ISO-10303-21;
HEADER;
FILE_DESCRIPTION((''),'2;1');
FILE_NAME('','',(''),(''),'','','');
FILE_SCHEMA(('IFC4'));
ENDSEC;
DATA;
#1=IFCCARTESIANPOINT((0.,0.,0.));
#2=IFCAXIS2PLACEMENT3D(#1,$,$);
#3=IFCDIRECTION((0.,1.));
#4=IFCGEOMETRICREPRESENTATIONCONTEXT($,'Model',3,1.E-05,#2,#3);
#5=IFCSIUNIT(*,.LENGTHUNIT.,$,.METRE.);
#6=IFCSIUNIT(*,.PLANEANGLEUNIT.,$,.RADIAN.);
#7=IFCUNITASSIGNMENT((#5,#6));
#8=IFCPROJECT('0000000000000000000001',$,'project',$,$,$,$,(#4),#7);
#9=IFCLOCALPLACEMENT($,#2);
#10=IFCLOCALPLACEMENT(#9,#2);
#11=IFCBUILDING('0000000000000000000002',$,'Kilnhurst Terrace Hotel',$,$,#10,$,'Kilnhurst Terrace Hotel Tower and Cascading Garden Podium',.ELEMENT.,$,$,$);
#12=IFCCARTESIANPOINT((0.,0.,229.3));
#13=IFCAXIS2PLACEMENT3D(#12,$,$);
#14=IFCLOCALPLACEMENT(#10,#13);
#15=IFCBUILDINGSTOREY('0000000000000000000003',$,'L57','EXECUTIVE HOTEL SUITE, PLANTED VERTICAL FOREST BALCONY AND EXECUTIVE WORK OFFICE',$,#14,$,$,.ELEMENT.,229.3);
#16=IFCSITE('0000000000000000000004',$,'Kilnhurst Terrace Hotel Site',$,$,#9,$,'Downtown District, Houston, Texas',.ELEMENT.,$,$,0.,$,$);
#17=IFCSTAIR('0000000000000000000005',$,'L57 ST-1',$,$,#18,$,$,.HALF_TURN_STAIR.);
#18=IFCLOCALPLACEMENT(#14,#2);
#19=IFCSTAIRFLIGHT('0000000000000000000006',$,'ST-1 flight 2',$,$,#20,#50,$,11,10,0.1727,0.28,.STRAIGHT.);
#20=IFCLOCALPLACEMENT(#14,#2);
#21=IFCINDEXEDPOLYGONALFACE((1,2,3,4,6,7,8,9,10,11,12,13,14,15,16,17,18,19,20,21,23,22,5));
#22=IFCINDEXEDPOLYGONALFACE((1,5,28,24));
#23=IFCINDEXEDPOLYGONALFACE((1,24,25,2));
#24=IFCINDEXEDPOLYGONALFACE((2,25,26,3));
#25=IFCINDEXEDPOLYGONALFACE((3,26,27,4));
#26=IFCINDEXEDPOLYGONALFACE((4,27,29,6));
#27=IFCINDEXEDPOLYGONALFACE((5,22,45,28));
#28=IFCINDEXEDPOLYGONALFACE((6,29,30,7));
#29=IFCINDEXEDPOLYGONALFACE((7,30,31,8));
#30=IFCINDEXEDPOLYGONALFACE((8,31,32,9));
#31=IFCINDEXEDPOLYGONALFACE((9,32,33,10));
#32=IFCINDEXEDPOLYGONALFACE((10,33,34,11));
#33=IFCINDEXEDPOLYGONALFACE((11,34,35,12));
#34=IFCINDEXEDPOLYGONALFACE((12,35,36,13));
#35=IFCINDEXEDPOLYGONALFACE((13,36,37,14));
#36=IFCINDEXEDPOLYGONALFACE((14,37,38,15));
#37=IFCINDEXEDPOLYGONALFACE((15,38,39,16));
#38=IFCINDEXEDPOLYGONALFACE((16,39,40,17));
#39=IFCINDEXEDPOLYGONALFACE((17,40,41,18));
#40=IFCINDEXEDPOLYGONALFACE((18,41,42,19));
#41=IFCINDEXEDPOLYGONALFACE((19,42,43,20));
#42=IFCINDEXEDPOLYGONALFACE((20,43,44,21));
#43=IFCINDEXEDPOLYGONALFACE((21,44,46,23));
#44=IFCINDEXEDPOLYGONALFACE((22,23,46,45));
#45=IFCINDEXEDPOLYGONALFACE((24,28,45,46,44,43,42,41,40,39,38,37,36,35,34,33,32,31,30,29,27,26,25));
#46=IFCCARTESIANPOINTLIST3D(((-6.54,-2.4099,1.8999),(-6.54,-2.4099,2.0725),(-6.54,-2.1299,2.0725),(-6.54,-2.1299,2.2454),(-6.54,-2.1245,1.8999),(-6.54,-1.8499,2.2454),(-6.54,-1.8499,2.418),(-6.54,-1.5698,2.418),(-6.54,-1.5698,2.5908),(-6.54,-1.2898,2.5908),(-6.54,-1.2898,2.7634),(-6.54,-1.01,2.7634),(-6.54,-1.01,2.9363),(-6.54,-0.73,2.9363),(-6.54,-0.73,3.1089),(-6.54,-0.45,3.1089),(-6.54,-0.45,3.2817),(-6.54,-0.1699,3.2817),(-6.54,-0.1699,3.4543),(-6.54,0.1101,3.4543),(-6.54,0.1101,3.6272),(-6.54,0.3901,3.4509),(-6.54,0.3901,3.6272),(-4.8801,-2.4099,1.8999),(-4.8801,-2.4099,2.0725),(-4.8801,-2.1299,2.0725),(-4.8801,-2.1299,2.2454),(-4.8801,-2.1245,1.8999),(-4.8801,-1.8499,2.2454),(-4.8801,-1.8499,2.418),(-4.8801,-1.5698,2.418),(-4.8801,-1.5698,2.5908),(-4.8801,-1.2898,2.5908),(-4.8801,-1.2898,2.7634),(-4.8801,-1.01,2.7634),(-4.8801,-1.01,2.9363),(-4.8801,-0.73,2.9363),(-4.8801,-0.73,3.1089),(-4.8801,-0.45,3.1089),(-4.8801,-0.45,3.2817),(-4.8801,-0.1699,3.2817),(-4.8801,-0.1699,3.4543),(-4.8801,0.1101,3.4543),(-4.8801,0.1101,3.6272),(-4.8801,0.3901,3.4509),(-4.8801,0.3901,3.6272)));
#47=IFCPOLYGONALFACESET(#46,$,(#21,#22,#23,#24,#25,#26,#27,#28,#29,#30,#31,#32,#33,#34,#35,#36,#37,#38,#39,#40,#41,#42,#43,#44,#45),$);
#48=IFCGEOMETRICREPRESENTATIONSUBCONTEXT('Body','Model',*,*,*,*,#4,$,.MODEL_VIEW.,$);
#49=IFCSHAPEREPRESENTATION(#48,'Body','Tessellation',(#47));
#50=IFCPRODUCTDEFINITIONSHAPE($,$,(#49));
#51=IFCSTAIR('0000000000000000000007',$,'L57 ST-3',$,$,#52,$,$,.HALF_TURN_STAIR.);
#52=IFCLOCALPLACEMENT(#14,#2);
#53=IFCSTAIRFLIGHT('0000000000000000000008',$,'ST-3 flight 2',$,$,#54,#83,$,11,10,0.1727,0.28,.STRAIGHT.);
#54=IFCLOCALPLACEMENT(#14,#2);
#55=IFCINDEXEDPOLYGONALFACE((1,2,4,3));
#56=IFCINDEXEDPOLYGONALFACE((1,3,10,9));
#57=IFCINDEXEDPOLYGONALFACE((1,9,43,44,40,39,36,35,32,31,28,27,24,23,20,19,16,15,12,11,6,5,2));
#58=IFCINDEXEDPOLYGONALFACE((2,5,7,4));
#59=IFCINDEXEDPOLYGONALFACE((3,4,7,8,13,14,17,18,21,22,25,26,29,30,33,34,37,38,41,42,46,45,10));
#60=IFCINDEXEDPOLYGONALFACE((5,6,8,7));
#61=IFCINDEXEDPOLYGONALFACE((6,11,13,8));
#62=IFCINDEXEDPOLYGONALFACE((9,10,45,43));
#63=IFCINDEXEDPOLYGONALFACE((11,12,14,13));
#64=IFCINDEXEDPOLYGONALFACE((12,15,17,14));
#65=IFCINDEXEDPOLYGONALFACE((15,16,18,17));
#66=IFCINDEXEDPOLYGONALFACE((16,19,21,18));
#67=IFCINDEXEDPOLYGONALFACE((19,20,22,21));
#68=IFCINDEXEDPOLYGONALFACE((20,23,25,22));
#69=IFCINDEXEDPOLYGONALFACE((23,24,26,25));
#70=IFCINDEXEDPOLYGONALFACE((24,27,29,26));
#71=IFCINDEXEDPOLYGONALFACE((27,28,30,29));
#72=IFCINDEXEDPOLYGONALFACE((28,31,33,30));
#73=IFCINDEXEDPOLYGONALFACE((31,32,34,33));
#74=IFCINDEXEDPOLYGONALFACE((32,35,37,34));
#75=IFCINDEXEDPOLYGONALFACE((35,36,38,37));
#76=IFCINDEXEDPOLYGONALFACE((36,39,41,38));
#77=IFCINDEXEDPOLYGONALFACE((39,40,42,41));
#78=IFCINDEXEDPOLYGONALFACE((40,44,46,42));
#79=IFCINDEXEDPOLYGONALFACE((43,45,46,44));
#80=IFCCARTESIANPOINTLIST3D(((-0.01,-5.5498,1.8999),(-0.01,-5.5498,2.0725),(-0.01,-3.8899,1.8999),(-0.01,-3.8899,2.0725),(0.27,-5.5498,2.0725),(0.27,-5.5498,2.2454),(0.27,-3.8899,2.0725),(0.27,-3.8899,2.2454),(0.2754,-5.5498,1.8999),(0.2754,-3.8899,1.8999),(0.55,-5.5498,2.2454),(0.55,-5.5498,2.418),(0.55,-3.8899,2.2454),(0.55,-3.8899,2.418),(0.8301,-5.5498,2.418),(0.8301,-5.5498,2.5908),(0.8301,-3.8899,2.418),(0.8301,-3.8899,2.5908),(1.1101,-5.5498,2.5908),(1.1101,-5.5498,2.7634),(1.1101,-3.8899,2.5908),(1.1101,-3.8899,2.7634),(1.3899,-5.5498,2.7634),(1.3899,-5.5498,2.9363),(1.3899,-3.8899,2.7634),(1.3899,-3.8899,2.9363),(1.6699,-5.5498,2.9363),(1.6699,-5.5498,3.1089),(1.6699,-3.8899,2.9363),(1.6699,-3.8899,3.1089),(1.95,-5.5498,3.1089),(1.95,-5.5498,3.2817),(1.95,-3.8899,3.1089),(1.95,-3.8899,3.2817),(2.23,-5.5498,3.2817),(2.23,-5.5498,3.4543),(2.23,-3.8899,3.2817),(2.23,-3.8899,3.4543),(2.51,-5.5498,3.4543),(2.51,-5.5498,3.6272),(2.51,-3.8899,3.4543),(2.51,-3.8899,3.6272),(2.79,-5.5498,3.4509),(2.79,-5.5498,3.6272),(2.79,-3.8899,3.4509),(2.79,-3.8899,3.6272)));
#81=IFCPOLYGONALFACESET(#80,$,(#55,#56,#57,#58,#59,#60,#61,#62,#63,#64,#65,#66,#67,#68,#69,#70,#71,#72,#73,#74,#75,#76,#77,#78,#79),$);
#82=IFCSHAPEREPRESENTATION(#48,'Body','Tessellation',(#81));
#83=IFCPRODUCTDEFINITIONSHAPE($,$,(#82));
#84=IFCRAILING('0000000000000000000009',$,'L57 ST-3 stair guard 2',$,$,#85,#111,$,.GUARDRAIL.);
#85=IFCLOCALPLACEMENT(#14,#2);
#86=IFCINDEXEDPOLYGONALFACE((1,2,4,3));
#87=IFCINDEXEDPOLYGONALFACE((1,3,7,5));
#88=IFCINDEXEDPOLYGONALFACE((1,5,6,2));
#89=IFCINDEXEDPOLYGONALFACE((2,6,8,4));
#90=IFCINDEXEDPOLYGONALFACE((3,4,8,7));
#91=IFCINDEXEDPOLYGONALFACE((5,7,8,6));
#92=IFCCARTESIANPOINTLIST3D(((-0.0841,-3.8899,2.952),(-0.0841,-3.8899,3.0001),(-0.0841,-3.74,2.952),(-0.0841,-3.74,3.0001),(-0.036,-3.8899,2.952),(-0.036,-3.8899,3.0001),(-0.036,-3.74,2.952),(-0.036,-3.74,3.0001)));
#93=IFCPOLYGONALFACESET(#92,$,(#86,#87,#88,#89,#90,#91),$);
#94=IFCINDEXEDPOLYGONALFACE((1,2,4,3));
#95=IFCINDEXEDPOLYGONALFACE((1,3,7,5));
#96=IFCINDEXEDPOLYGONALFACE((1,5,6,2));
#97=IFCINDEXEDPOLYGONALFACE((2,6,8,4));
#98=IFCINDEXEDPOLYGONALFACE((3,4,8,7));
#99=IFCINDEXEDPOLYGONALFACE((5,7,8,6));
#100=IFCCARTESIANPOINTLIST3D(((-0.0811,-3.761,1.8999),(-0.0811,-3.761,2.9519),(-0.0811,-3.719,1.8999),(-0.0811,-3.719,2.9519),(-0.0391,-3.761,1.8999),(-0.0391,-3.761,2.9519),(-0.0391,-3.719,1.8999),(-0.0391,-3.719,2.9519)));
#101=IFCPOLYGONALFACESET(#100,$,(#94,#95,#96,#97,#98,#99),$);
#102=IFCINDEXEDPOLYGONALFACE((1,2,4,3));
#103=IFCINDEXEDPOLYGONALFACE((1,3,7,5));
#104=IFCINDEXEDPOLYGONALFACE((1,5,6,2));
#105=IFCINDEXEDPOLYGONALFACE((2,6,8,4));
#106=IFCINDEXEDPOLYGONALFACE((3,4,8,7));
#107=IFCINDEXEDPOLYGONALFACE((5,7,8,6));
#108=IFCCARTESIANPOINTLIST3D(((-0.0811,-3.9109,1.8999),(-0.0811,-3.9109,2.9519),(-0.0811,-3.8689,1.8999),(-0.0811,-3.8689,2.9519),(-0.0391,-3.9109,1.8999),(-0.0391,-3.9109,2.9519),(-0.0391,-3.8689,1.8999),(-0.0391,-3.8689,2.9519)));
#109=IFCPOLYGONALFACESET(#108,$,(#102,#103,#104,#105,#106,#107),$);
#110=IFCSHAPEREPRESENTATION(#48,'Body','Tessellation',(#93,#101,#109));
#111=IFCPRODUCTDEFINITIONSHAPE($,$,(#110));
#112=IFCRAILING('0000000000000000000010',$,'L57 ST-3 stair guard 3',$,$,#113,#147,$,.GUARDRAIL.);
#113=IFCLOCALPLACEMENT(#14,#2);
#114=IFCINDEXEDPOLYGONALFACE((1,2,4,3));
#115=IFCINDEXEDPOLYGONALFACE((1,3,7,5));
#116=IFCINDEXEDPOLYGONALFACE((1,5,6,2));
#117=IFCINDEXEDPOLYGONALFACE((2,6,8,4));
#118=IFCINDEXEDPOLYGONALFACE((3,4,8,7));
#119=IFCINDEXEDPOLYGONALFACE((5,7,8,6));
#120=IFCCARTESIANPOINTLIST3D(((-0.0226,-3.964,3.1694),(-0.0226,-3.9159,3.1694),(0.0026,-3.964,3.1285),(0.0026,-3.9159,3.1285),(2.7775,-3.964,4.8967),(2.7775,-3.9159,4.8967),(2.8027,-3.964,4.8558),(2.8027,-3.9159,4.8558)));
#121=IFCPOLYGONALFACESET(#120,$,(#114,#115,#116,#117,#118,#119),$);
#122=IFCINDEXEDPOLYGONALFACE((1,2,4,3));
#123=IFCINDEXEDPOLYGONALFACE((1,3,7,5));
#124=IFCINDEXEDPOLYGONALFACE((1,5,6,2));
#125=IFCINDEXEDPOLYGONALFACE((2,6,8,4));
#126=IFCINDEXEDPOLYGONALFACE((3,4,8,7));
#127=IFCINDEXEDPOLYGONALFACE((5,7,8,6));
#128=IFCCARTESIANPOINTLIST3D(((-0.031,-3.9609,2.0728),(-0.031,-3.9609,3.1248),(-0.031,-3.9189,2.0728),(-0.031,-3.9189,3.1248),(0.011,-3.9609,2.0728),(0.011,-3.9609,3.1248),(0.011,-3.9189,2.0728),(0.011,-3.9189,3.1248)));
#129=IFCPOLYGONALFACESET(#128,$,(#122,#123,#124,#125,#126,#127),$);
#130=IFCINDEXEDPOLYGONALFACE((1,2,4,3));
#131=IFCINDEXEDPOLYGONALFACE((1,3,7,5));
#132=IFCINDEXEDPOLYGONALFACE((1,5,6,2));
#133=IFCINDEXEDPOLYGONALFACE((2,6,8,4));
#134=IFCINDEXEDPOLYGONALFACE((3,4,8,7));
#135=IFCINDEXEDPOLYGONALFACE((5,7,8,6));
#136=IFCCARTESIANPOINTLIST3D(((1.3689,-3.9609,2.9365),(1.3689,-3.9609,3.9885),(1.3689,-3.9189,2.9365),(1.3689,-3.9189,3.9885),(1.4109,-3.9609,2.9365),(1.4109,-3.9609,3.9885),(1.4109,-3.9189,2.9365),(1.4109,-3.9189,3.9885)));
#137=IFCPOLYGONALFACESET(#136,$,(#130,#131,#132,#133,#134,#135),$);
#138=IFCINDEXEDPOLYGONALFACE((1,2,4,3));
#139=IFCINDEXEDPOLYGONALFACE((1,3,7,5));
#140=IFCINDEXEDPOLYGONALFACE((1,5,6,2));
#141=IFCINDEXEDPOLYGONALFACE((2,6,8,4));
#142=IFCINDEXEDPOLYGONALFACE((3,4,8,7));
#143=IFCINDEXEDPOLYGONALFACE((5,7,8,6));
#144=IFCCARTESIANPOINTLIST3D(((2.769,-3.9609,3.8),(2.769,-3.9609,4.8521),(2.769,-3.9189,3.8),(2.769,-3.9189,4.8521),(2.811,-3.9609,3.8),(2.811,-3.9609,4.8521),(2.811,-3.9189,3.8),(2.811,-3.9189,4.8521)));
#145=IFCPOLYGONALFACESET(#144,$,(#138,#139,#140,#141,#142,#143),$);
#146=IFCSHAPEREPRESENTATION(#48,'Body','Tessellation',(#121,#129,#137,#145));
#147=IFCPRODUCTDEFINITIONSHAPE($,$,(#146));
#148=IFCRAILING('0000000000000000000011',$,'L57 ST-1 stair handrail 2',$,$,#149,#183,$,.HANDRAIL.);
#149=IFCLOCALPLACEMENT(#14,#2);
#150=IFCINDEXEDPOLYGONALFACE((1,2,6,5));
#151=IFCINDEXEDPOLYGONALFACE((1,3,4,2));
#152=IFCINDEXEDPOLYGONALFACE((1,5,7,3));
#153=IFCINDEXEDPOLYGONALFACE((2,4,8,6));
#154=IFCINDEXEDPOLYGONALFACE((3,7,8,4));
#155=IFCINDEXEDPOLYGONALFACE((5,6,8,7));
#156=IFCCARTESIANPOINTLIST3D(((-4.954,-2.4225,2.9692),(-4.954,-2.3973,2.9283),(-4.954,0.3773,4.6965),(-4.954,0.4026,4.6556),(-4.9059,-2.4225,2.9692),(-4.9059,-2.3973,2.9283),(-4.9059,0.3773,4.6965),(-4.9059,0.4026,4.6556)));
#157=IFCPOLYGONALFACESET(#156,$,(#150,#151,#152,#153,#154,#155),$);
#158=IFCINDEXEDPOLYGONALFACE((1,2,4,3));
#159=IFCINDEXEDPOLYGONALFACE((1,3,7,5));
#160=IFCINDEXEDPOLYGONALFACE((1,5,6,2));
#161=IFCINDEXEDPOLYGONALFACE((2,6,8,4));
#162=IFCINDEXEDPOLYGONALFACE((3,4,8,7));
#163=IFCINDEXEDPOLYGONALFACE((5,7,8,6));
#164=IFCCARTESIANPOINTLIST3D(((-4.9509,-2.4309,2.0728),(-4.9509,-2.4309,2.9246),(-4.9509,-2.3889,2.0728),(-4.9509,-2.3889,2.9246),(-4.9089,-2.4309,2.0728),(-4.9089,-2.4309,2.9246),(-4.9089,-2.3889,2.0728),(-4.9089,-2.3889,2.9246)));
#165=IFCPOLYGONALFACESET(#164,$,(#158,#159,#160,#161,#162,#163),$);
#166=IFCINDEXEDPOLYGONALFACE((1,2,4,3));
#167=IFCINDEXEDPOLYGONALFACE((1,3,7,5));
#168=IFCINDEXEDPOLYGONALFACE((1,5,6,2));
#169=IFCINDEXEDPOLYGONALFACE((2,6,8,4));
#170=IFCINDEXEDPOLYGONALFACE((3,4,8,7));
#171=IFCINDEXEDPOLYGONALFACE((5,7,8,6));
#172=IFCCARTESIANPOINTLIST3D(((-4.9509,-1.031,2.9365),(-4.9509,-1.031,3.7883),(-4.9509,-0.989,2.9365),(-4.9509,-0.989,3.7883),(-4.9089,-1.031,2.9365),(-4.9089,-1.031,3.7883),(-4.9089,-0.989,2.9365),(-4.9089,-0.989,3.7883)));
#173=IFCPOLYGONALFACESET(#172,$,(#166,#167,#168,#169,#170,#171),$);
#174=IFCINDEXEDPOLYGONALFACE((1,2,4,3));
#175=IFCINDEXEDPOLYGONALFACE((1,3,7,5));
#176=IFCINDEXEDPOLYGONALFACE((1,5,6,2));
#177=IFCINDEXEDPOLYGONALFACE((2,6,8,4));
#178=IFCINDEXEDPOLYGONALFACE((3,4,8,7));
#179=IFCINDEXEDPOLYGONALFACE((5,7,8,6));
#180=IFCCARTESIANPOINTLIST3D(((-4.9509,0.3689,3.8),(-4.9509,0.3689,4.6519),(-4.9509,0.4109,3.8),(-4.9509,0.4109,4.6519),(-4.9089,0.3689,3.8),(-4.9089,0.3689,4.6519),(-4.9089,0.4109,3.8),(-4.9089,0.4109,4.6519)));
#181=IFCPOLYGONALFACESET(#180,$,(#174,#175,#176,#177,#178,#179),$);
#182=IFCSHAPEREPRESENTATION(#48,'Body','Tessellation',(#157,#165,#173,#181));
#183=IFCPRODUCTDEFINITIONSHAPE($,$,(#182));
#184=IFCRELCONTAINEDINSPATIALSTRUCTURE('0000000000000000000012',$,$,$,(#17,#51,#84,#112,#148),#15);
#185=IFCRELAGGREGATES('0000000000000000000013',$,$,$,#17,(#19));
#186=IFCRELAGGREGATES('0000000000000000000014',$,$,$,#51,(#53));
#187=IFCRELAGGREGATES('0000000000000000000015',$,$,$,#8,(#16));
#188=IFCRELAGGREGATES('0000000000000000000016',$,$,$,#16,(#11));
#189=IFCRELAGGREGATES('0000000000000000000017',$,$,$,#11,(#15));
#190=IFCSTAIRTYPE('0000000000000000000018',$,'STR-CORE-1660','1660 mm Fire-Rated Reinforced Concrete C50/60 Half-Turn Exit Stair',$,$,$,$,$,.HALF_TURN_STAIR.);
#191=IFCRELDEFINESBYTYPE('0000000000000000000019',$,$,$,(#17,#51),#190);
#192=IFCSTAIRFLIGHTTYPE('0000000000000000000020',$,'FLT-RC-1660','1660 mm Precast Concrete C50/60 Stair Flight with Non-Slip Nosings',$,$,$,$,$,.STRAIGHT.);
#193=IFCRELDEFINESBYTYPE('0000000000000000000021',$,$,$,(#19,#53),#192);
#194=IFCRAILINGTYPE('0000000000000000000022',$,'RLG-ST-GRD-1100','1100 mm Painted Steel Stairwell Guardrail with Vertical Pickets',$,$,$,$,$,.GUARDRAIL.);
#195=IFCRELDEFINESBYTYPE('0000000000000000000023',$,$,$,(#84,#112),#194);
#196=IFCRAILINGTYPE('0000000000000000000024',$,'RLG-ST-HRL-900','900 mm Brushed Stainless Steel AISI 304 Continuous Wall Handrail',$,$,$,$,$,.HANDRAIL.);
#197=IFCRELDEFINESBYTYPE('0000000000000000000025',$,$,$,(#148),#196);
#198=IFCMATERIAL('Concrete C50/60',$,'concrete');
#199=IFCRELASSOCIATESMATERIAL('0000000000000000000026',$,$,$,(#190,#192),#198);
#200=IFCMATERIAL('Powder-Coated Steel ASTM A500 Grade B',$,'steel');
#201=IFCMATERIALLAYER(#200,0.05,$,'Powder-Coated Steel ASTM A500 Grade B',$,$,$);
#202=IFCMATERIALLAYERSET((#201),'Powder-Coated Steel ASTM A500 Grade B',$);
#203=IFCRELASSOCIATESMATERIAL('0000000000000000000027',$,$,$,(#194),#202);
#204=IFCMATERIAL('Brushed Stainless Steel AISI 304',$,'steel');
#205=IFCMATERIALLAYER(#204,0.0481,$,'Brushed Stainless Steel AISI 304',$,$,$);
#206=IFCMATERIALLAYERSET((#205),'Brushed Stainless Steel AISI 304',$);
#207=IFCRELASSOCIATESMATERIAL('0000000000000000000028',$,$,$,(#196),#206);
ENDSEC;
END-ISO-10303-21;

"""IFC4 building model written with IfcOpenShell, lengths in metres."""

from ifc_helpers import new_model, si_unit, direction, frame, origin, origin_2d, place, context, subcontext, project, spatial, polyline, rectangle, outline, extrude, material, layer, layer_set, type_object, element, aggregate, save


model = new_model("IFC4")

# Units and contexts
model_context = context("Model", 3, precision=1e-05, world=origin(), true_north=direction((0.0, 1.0)))
body_context = subcontext(model_context, "Body", "Model", "MODEL_VIEW")
ifc_project = project(units=[si_unit("LENGTHUNIT", "METRE"), si_unit("PLANEANGLEUNIT", "RADIAN")], contexts=[model_context])

# Site, building, storey
site_placement = place(None, origin())
site = spatial("IfcSite", under=ifc_project, at=site_placement, Name="Kilnhurst Terrace Hotel Site", LongName="Downtown District, Houston, Texas", CompositionType="ELEMENT", RefElevation=0.0)
building_placement = place(site_placement, origin())
building = spatial("IfcBuilding", under=site, at=building_placement, Name="Kilnhurst Terrace Hotel", LongName="Kilnhurst Terrace Hotel Tower and Cascading Garden Podium", CompositionType="ELEMENT")
storey_placement = place(building_placement, frame((0.0, 0.0, 229.3)))
storey = spatial("IfcBuildingStorey", under=building, at=storey_placement, Name="L57", Description="EXECUTIVE HOTEL SUITE, PLANTED VERTICAL FOREST BALCONY AND EXECUTIVE WORK OFFICE", CompositionType="ELEMENT", Elevation=229.3)

# Shared definitions
ifc_material_1 = material(Name="Concrete C50/60", Category="concrete")

# Stairs, stair flights
stair_type = type_object("IfcStairType", Name="STR-CORE-1660", Description="1660 mm Fire-Rated Reinforced Concrete C50/60 Half-Turn Exit Stair", PredefinedType="HALF_TURN_STAIR", material=ifc_material_1)
stair_1_placement = place(storey_placement, origin())
stair_1 = element("IfcStair", 1, at=stair_1_placement, inside=storey, type_object=stair_type, Name="L57 ST-1", PredefinedType="HALF_TURN_STAIR")
stair_flight_type = type_object("IfcStairFlightType", Name="FLT-RC-1660", Description="1660 mm Precast Concrete C50/60 Stair Flight with Non-Slip Nosings", PredefinedType="STRAIGHT", material=ifc_material_1)
stair_flight_1_placement = place(storey_placement, frame((-5.71, -2.4099, 1.8999), z_axis=(0.0, 0.0, 1.0), x_axis=(0.0, 1.0, 0.0)))
stair_flight_1 = element("IfcStairFlight", 2, at=stair_flight_1_placement, type_object=stair_flight_type, Name="ST-1 flight 2", NumberOfRisers=11, NumberOfTreads=10, PredefinedType="STRAIGHT", RiserHeight=0.1727, TreadLength=0.28, context=body_context, shape_type="SweptSolid", body=[
    extrude(outline(polyline([(0.0, 0.0), (0.0, 0.1726), (0.28, 0.1726), (0.28, 0.3455), (0.5601, 0.3455), (0.5601, 0.5181), (0.8401, 0.5181), (0.8401, 0.6909), (1.1201, 0.6909), (1.1201, 0.8635), (1.3999, 0.8635), (1.3999, 1.0364), (1.6799, 1.0364), (1.6799, 1.209), (1.96, 1.209), (1.96, 1.3818), (2.24, 1.3818), (2.24, 1.5544), (2.52, 1.5544), (2.52, 1.7273), (2.8, 1.7273), (2.8, 1.8999), (2.8, 1.551), (0.2854, 0.0), (0.0, 0.0)])), frame((0.0, 0.8301, 0.0), z_axis=(0.0, -1.0, 0.0), x_axis=(1.0, 0.0, 0.0)), (0.0, 0.0, 1.0), 1.6599),
])
aggregate(stair_1, [stair_flight_1])
stair_2_placement = place(storey_placement, origin())
stair_2 = element("IfcStair", 3, at=stair_2_placement, inside=storey, type_object=stair_type, Name="L57 ST-3", PredefinedType="HALF_TURN_STAIR")
stair_flight_2_placement = place(storey_placement, frame((-0.01, -4.72, 1.8999), z_axis=(0.0, 0.0, 1.0), x_axis=(1.0, 0.0, 0.0)))
stair_flight_2 = element("IfcStairFlight", 4, at=stair_flight_2_placement, type_object=stair_flight_type, Name="ST-3 flight 2", NumberOfRisers=11, NumberOfTreads=10, PredefinedType="STRAIGHT", RiserHeight=0.1727, TreadLength=0.28, context=body_context, shape_type="SweptSolid", body=[
    extrude(outline(polyline([(0.0, 0.0), (0.0, 0.1726), (0.28, 0.1726), (0.28, 0.3455), (0.5601, 0.3455), (0.5601, 0.5181), (0.8401, 0.5181), (0.8401, 0.6909), (1.1201, 0.6909), (1.1201, 0.8635), (1.3999, 0.8635), (1.3999, 1.0364), (1.6799, 1.0364), (1.6799, 1.209), (1.96, 1.209), (1.96, 1.3818), (2.24, 1.3818), (2.24, 1.5544), (2.52, 1.5544), (2.52, 1.7273), (2.8, 1.7273), (2.8, 1.8999), (2.8, 1.551), (0.2854, 0.0), (0.0, 0.0)])), frame((0.0, 0.8301, 0.0), z_axis=(0.0, -1.0, 0.0), x_axis=(1.0, 0.0, 0.0)), (0.0, 0.0, 1.0), 1.6599),
])
aggregate(stair_2, [stair_flight_2])

# Railings
ifc_material_2 = material(Name="Powder-Coated Steel ASTM A500 Grade B", Category="steel")
ifc_layer_1 = layer(ifc_material_2, 0.05, Name="Powder-Coated Steel ASTM A500 Grade B")
ifc_layer_set_1 = layer_set([ifc_layer_1], Name="Powder-Coated Steel ASTM A500 Grade B")
railing_type_1 = type_object("IfcRailingType", Name="RLG-ST-GRD-1100", Description="1100 mm Painted Steel Stairwell Guardrail with Vertical Pickets", PredefinedType="GUARDRAIL", material=ifc_layer_set_1)
railing_1_placement = place(storey_placement, frame((-0.0601, -3.74, 1.8999)))
element("IfcRailing", 5, at=railing_1_placement, inside=storey, type_object=railing_type_1, Name="L57 ST-3 stair guard 2", PredefinedType="GUARDRAIL", context=body_context, shape_type="SweptSolid", body=[
    extrude(rectangle(XDim=0.0481, YDim=0.0481, at=origin_2d()), frame((0.0, 0.0, 1.0762), z_axis=(0.0, -1.0, 0.0), x_axis=(1.0, 0.0, 0.0)), (0.0, 0.0, 1.0), 0.1499),
    extrude(rectangle(XDim=0.042, YDim=0.042, at=origin_2d()), origin(), (0.0, 0.0, 1.0), 1.052),
    extrude(rectangle(XDim=0.042, YDim=0.042, at=origin_2d()), frame((0.0, -0.1499, 0.0)), (0.0, 0.0, 1.0), 1.052),
])
railing_2_placement = place(storey_placement, frame((-0.01, -3.9399, 2.0728)))
element("IfcRailing", 6, at=railing_2_placement, inside=storey, type_object=railing_type_1, Name="L57 ST-3 stair guard 3", PredefinedType="GUARDRAIL", context=body_context, shape_type="SweptSolid", body=[
    extrude(rectangle(XDim=0.0481, YDim=0.0481, at=origin_2d()), frame((0.0, 0.0, 1.0762), z_axis=(0.85109, 0.0, 0.52502), x_axis=(0.0, 1.0, 0.0)), (0.0, 0.0, 1.0), 3.29),
    extrude(rectangle(XDim=0.042, YDim=0.042, at=origin_2d()), origin(), (0.0, 0.0, 1.0), 1.052),
    extrude(rectangle(XDim=0.042, YDim=0.042, at=origin_2d()), frame((1.3999, 0.0, 0.8638)), (0.0, 0.0, 1.0), 1.052),
    extrude(rectangle(XDim=0.042, YDim=0.042, at=origin_2d()), frame((2.8, 0.0, 1.7273)), (0.0, 0.0, 1.0), 1.052),
])
ifc_material_3 = material(Name="Brushed Stainless Steel AISI 304", Category="steel")
ifc_layer_2 = layer(ifc_material_3, 0.0481, Name="Brushed Stainless Steel AISI 304")
ifc_layer_set_2 = layer_set([ifc_layer_2], Name="Brushed Stainless Steel AISI 304")
railing_type_2 = type_object("IfcRailingType", Name="RLG-ST-HRL-900", Description="900 mm Brushed Stainless Steel AISI 304 Continuous Wall Handrail", PredefinedType="HANDRAIL", material=ifc_layer_set_2)
railing_3_placement = place(storey_placement, frame((-4.9299, -2.4099, 2.0728)))
element("IfcRailing", 7, at=railing_3_placement, inside=storey, type_object=railing_type_2, Name="L57 ST-1 stair handrail 2", PredefinedType="HANDRAIL", context=body_context, shape_type="SweptSolid", body=[
    extrude(rectangle(XDim=0.0481, YDim=0.0481, at=origin_2d()), frame((0.0, 0.0, 0.876), z_axis=(0.0, 0.851069, 0.525054), x_axis=(-1.0, 0.0, 0.0)), (0.0, 0.0, 1.0), 3.2898),
    extrude(rectangle(XDim=0.042, YDim=0.042, at=origin_2d()), origin(), (0.0, 0.0, 1.0), 0.8518),
    extrude(rectangle(XDim=0.042, YDim=0.042, at=origin_2d()), frame((0.0, 1.3999, 0.8638)), (0.0, 0.0, 1.0), 0.8518),
    extrude(rectangle(XDim=0.042, YDim=0.042, at=origin_2d()), frame((0.0, 2.7998, 1.7273)), (0.0, 0.0, 1.0), 0.8518),
])

save(model, "model.ifc")
